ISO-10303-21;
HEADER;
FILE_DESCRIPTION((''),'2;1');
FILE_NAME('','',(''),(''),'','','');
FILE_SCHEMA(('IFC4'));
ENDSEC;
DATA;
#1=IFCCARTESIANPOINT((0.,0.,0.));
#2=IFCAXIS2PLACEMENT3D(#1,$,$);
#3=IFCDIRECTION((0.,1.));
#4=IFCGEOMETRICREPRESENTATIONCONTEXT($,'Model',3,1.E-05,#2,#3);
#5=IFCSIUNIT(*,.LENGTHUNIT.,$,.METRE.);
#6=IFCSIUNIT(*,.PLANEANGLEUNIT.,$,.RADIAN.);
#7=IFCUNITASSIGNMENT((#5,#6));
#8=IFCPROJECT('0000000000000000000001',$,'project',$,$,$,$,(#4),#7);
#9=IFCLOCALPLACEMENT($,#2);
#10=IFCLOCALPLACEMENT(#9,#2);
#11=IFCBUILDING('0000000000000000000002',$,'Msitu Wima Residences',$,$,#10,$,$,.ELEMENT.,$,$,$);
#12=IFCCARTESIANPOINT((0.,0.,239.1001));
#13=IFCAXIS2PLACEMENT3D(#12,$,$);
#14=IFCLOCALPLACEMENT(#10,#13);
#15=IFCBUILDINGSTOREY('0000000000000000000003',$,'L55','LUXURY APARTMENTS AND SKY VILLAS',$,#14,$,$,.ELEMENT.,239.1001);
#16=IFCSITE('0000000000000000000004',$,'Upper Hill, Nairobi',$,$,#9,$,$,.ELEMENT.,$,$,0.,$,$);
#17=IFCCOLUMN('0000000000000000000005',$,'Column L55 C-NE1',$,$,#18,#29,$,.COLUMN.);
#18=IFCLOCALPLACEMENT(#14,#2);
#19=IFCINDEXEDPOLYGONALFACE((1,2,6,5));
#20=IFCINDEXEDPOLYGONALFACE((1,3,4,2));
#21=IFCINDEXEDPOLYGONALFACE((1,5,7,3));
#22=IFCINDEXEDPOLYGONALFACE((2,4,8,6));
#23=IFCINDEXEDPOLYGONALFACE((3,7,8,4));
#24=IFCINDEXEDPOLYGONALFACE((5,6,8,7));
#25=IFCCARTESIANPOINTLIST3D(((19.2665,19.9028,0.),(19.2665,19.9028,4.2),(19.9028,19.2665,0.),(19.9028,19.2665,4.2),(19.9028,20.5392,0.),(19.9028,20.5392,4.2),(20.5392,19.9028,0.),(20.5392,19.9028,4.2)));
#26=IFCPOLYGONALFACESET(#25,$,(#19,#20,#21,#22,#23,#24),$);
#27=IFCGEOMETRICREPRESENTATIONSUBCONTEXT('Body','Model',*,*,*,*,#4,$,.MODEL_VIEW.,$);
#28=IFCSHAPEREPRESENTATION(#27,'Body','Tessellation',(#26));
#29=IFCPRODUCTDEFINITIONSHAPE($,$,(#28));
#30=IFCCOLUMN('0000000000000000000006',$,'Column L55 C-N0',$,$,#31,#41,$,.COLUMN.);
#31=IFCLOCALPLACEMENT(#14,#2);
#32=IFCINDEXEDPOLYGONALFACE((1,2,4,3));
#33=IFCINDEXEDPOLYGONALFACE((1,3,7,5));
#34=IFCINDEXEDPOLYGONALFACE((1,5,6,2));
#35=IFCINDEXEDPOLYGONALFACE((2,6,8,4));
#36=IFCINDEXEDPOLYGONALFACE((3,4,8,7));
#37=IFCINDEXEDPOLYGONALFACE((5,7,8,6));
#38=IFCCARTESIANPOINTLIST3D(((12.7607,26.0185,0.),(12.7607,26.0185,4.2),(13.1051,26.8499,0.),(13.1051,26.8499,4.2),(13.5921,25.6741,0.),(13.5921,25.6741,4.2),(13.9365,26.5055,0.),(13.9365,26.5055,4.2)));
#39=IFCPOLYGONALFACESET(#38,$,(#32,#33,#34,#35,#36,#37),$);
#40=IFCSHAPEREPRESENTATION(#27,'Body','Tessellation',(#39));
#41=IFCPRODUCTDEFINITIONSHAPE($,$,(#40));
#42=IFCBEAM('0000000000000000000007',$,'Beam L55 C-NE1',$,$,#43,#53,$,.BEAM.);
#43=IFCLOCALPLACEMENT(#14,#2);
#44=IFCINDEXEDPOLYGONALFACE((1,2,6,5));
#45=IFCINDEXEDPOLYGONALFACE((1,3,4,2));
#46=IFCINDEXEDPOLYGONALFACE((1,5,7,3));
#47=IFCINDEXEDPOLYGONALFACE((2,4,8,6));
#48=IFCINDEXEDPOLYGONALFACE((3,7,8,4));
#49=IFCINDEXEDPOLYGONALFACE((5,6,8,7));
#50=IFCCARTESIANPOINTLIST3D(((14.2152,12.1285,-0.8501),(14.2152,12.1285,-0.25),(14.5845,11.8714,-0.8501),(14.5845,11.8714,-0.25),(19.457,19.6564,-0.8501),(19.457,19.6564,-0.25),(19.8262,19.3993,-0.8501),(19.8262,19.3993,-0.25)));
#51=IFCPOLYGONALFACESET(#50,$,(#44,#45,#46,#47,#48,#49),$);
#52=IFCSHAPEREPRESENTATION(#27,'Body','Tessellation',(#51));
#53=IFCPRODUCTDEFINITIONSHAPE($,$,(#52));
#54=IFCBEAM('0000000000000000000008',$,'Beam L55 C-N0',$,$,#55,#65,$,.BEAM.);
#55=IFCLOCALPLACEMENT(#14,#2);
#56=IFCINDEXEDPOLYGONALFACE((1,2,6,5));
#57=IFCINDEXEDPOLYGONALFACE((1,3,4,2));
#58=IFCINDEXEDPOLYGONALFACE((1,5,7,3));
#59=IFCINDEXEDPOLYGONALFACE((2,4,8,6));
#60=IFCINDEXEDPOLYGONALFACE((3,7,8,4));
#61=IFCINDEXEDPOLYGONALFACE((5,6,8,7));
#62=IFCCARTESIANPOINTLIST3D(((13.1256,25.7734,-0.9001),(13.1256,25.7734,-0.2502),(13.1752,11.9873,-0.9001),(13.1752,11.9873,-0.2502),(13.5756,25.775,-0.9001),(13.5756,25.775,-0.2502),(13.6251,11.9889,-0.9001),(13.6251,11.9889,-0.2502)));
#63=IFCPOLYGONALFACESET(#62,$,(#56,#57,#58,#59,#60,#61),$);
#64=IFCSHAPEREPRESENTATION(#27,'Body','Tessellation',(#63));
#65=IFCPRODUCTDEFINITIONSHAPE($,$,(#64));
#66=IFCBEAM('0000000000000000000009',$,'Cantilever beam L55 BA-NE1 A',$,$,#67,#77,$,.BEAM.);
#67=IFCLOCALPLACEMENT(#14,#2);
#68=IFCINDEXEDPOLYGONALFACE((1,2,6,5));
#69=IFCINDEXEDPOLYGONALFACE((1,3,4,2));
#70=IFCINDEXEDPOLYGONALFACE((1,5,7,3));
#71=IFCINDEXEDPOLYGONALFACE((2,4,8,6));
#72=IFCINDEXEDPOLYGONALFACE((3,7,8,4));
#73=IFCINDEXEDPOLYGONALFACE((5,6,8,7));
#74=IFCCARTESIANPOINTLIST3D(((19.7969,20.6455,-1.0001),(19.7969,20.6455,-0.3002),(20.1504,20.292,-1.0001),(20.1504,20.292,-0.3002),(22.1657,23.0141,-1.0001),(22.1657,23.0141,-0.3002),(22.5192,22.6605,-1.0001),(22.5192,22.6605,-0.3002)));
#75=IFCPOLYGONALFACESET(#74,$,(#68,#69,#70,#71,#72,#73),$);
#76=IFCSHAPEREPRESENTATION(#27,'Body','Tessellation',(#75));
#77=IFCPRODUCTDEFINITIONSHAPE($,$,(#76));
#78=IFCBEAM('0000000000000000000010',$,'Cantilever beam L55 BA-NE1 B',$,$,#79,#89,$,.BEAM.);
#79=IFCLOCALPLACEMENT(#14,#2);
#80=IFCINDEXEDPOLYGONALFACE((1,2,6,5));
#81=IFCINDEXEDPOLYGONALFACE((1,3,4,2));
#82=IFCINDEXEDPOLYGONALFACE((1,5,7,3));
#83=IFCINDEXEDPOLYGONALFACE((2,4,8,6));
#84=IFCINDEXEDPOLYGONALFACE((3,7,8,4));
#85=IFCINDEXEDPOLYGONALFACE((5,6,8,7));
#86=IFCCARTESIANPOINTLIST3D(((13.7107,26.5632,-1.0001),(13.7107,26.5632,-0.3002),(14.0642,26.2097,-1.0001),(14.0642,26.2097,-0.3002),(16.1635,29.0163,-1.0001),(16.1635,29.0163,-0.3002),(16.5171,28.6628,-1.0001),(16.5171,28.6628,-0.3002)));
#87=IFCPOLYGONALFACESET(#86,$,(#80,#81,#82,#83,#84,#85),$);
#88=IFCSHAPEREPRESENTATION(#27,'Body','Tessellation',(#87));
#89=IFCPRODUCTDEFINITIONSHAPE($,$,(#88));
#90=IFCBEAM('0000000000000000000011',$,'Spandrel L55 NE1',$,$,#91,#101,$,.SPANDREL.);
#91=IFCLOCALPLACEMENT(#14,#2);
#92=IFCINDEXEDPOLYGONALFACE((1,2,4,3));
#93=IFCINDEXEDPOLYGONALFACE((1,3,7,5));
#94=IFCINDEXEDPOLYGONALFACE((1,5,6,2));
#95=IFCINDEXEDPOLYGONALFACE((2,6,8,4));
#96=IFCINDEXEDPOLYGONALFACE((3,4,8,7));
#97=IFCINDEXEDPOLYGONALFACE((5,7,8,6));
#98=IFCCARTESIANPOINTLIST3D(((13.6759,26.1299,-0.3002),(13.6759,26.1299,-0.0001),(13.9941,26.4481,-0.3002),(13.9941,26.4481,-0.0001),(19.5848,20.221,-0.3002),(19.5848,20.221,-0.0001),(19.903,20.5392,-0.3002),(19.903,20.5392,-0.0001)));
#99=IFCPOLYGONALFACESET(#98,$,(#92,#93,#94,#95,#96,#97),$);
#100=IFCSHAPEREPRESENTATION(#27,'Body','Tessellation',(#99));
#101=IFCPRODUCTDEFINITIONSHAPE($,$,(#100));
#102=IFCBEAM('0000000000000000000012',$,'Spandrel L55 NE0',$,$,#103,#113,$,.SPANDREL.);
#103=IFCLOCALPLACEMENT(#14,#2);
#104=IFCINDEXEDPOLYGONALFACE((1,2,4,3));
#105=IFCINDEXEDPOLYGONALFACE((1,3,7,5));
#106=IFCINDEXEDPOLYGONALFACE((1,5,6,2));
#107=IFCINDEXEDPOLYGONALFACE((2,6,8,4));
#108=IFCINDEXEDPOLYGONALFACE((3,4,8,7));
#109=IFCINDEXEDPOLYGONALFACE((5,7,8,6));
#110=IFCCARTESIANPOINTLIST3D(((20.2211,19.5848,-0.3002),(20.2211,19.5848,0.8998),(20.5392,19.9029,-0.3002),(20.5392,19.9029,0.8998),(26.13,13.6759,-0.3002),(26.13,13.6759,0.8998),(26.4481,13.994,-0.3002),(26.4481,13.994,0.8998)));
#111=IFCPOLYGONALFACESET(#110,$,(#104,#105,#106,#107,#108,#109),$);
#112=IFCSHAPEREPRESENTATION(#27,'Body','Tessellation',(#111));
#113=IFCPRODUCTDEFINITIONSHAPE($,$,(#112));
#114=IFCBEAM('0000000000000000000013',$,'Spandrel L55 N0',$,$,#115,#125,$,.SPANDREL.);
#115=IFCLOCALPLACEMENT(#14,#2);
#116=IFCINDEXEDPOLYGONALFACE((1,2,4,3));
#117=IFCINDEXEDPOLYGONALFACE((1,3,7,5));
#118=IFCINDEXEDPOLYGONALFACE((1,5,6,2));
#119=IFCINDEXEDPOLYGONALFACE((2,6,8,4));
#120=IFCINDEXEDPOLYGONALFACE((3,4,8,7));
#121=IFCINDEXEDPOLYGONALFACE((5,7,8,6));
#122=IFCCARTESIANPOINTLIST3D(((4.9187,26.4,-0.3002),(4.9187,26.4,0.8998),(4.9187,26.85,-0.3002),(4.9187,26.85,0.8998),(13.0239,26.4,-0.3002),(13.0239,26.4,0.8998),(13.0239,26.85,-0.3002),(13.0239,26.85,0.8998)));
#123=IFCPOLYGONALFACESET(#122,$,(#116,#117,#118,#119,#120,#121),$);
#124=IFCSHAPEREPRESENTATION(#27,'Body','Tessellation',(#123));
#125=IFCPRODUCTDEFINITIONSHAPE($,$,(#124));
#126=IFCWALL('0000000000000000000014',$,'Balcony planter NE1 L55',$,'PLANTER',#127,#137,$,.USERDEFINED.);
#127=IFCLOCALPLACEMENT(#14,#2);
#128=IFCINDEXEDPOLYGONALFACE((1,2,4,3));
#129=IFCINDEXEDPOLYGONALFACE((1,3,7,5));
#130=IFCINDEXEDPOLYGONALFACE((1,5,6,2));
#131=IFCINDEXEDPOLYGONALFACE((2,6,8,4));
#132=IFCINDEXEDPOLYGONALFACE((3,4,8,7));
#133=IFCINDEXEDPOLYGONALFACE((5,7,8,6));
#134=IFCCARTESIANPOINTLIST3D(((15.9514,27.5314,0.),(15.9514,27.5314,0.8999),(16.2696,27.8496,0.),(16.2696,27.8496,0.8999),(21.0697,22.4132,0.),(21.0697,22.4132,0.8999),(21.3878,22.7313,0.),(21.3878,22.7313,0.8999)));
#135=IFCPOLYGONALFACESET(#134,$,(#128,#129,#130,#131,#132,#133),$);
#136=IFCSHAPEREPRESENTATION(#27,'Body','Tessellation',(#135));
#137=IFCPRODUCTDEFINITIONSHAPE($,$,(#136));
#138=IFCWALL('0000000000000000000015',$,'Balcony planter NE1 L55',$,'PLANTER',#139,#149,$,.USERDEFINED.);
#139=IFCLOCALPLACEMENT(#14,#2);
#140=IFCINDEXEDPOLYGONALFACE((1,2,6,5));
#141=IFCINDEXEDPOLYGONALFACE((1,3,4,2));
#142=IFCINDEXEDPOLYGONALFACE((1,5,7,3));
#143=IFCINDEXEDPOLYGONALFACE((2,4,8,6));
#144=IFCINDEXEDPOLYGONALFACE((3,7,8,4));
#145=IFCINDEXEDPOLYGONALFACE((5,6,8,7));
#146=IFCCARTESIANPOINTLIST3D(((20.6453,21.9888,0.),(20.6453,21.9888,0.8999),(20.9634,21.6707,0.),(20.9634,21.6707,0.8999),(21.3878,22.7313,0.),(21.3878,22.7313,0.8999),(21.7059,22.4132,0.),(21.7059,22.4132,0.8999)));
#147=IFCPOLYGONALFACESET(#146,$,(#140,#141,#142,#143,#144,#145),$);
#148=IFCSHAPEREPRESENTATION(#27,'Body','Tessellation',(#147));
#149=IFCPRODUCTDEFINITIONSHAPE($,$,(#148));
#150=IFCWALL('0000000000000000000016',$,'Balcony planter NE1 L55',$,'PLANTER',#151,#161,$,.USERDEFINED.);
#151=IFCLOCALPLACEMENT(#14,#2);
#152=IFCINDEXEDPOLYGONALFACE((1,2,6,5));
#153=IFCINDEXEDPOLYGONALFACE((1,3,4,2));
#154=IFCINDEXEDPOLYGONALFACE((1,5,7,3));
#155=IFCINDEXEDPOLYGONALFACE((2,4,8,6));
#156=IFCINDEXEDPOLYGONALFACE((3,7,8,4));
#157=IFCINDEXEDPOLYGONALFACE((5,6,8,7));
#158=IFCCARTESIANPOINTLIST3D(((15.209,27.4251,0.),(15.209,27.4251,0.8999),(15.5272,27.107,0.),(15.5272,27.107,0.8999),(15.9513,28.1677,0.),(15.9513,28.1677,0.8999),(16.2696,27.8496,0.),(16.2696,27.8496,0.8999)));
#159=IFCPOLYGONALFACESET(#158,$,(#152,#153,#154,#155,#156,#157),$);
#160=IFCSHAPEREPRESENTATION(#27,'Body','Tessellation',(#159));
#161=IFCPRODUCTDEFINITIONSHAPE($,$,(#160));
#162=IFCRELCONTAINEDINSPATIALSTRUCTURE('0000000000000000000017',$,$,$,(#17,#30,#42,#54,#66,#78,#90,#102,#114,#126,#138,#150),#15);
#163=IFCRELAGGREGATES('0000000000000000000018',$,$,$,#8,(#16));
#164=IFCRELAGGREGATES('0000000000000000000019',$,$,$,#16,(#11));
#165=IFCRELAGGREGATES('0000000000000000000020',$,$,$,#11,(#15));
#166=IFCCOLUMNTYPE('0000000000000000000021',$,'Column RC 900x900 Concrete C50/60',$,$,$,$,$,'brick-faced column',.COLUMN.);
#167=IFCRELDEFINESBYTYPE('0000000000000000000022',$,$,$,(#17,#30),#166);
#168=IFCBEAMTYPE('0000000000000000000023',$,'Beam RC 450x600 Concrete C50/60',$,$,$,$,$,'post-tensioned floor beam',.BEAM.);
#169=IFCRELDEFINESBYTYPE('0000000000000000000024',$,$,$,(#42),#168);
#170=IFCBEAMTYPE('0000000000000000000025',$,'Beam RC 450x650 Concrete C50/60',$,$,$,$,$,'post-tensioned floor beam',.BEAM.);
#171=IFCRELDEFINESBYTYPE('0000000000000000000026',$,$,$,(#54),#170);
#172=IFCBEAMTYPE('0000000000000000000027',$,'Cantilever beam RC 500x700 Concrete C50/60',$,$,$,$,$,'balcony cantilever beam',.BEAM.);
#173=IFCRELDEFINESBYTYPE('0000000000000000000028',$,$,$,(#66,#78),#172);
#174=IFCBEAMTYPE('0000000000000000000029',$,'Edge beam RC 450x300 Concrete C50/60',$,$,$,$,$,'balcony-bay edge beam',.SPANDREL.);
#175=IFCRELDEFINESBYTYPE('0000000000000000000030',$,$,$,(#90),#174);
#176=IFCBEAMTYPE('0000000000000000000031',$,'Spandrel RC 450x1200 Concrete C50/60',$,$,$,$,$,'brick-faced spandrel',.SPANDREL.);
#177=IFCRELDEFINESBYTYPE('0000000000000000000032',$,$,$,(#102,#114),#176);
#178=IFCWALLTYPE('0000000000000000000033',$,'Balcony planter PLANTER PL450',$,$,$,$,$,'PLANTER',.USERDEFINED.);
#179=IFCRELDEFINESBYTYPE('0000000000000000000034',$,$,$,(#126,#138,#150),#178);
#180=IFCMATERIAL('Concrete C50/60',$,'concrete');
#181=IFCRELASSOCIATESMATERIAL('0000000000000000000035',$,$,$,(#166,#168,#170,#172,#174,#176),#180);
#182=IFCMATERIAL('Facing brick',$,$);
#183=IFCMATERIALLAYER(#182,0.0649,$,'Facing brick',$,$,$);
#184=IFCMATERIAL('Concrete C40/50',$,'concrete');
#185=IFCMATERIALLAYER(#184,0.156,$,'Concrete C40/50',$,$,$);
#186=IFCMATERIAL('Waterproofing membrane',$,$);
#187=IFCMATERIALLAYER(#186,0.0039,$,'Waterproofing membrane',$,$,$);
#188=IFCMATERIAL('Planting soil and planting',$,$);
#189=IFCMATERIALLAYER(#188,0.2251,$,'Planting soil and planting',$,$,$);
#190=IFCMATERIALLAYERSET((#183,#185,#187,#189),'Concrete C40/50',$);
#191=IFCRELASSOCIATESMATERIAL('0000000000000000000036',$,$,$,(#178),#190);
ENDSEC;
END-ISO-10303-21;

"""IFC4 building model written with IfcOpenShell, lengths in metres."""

from ifc_helpers import new_model, si_unit, direction, frame, frame_2d, origin, origin_2d, place, context, subcontext, project, spatial, rectangle, extrude, material, layer, layer_set, material_profile, profile_set, type_object, element, save


model = new_model("IFC4")

# Units and contexts
model_context = context("Model", 3, precision=1e-05, world=origin(), true_north=direction((0.0, 1.0)))
body_context = subcontext(model_context, "Body", "Model", "MODEL_VIEW")
ifc_project = project(units=[si_unit("LENGTHUNIT", "METRE"), si_unit("PLANEANGLEUNIT", "RADIAN")], contexts=[model_context])

# Site, building, storey
site_placement = place(None, origin())
site = spatial("IfcSite", under=ifc_project, at=site_placement, Name="Upper Hill, Nairobi", CompositionType="ELEMENT", RefElevation=0.0)
building_placement = place(site_placement, origin())
building = spatial("IfcBuilding", under=site, at=building_placement, Name="Msitu Wima Residences", CompositionType="ELEMENT")
storey_placement = place(building_placement, frame((0.0, 0.0, 239.1001)))
storey = spatial("IfcBuildingStorey", under=building, at=storey_placement, Name="L55", Description="LUXURY APARTMENTS AND SKY VILLAS", CompositionType="ELEMENT", Elevation=239.1001)

# Columns
ifc_material_1 = material(Name="Concrete C50/60", Category="concrete")
ifc_material_profile_1 = material_profile(ifc_material_1, rectangle(XDim=0.8999, YDim=0.8999, at=origin_2d()), Name="RC 900x900")
ifc_profile_set_1 = profile_set([ifc_material_profile_1], Name="Concrete C50/60")
column_type = type_object("IfcColumnType", Name="Column RC 900x900 Concrete C50/60", ElementType="brick-faced column", PredefinedType="COLUMN", material=ifc_profile_set_1)
for number, where, z_axis, x_axis, name in (
    (1, (19.9028, 19.9028, 0.0), (0.0, 0.0, 1.0), (-0.707107, 0.707107, 0.0), "Column L55 C-NE1"),
    (2, (13.3486, 26.262, 0.0), (0.0, 0.0, 1.0), (-0.92388, 0.382683, 0.0), "Column L55 C-N0"),
):
    element("IfcColumn", number, at=place(storey_placement, frame(where, z_axis=z_axis, x_axis=x_axis)), inside=storey, type_object=column_type, Name=name, PredefinedType="COLUMN", context=body_context, shape_type="SweptSolid", body=[
        extrude(rectangle(XDim=0.8999, YDim=0.8999, at=origin_2d()), origin(), (0.0, 0.0, 1.0), 4.2),
    ])

# Beams
ifc_material_profile_2 = material_profile(ifc_material_1, rectangle(XDim=0.45, YDim=0.6001, at=origin_2d()), Name="RC 450x600")
ifc_profile_set_2 = profile_set([ifc_material_profile_2], Name="Concrete C50/60")
beam_type_1 = type_object("IfcBeamType", Name="Beam RC 450x600 Concrete C50/60", ElementType="post-tensioned floor beam", PredefinedType="BEAM", material=ifc_profile_set_2)
beam_1_placement = place(storey_placement, frame((19.6416, 19.5278, -0.55), z_axis=(-0.571428, -0.820652, 0.0), x_axis=(0.820652, -0.571428, 0.0)))
element("IfcBeam", 3, at=beam_1_placement, inside=storey, type_object=beam_type_1, Name="Beam L55 C-NE1", PredefinedType="BEAM", context=body_context, shape_type="SweptSolid", body=[
    extrude(rectangle(XDim=0.45, YDim=0.6001, at=origin_2d()), origin(), (0.0, 0.0, 1.0), 9.1731),
])
ifc_material_profile_3 = material_profile(ifc_material_1, rectangle(XDim=0.45, YDim=0.6499, at=origin_2d()), Name="RC 450x650")
ifc_profile_set_3 = profile_set([ifc_material_profile_3], Name="Concrete C50/60")
beam_type_2 = type_object("IfcBeamType", Name="Beam RC 450x650 Concrete C50/60", ElementType="post-tensioned floor beam", PredefinedType="BEAM", material=ifc_profile_set_3)
beam_2_placement = place(storey_placement, frame((13.3506, 25.7742, -0.5752), z_axis=(0.003595, -0.999994, 0.0), x_axis=(0.999994, 0.003595, 0.0)))
element("IfcBeam", 4, at=beam_2_placement, inside=storey, type_object=beam_type_2, Name="Beam L55 C-N0", PredefinedType="BEAM", context=body_context, shape_type="SweptSolid", body=[
    extrude(rectangle(XDim=0.45, YDim=0.6499, at=origin_2d()), origin(), (0.0, 0.0, 1.0), 13.7861),
])
ifc_material_profile_4 = material_profile(ifc_material_1, rectangle(XDim=0.5, YDim=0.7, at=origin_2d()), Name="RC 500x700")
ifc_profile_set_4 = profile_set([ifc_material_profile_4], Name="Concrete C50/60")
beam_type_3 = type_object("IfcBeamType", Name="Cantilever beam RC 500x700 Concrete C50/60", ElementType="balcony cantilever beam", PredefinedType="BEAM", material=ifc_profile_set_4)
beam_3_placement = place(storey_placement, frame((19.9736, 20.4688, -0.6501), z_axis=(0.707143, 0.70707, 0.0), x_axis=(-0.70707, 0.707143, 0.0)))
element("IfcBeam", 5, at=beam_3_placement, inside=storey, type_object=beam_type_3, Name="Cantilever beam L55 BA-NE1 A", PredefinedType="BEAM", context=body_context, shape_type="SweptSolid", body=[
    extrude(rectangle(XDim=0.5, YDim=0.7, at=origin_2d()), origin(), (0.0, 0.0, 1.0), 3.3499),
])
beam_4_placement = place(storey_placement, frame((13.8875, 26.3865, -0.6501), z_axis=(0.707072, 0.707142, 0.0), x_axis=(-0.707142, 0.707072, 0.0)))
element("IfcBeam", 6, at=beam_4_placement, inside=storey, type_object=beam_type_3, Name="Cantilever beam L55 BA-NE1 B", PredefinedType="BEAM", context=body_context, shape_type="SweptSolid", body=[
    extrude(rectangle(XDim=0.5, YDim=0.7, at=origin_2d()), origin(), (0.0, 0.0, 1.0), 3.469),
])
ifc_material_profile_5 = material_profile(ifc_material_1, rectangle(XDim=0.45, YDim=0.3, at=origin_2d()), Name="RC 450x300")
ifc_profile_set_5 = profile_set([ifc_material_profile_5], Name="Concrete C50/60")
beam_type_4 = type_object("IfcBeamType", Name="Edge beam RC 450x300 Concrete C50/60", ElementType="balcony-bay edge beam", PredefinedType="SPANDREL", material=ifc_profile_set_5)
beam_5_placement = place(storey_placement, frame((19.7439, 20.3801, -0.1501), z_axis=(-0.707107, 0.707107, 0.0), x_axis=(-0.707107, -0.707107, 0.0)))
element("IfcBeam", 7, at=beam_5_placement, inside=storey, type_object=beam_type_4, Name="Spandrel L55 NE1", PredefinedType="SPANDREL", context=body_context, shape_type="SweptSolid", body=[
    extrude(rectangle(XDim=0.45, YDim=0.3, at=origin_2d()), origin(), (0.0, 0.0, 1.0), 8.3564),
])
ifc_material_profile_6 = material_profile(ifc_material_1, rectangle(XDim=0.45, YDim=1.2, at=origin_2d()), Name="RC 450x1200")
ifc_profile_set_6 = profile_set([ifc_material_profile_6], Name="Concrete C50/60")
beam_type_5 = type_object("IfcBeamType", Name="Spandrel RC 450x1200 Concrete C50/60", ElementType="brick-faced spandrel", PredefinedType="SPANDREL", material=ifc_profile_set_6)
beam_6_placement = place(storey_placement, frame((26.2891, 13.835, 0.2998), z_axis=(-0.707107, 0.707107, 0.0), x_axis=(-0.707107, -0.707107, 0.0)))
element("IfcBeam", 8, at=beam_6_placement, inside=storey, type_object=beam_type_5, Name="Spandrel L55 NE0", PredefinedType="SPANDREL", context=body_context, shape_type="SweptSolid", body=[
    extrude(rectangle(XDim=0.45, YDim=1.2, at=origin_2d()), origin(), (0.0, 0.0, 1.0), 8.3564),
])
beam_7_placement = place(storey_placement, frame((13.0239, 26.625, 0.2998), z_axis=(-1.0, 0.0, 0.0), x_axis=(0.0, -1.0, 0.0)))
element("IfcBeam", 9, at=beam_7_placement, inside=storey, type_object=beam_type_5, Name="Spandrel L55 N0", PredefinedType="SPANDREL", context=body_context, shape_type="SweptSolid", body=[
    extrude(rectangle(XDim=0.45, YDim=1.2, at=origin_2d()), origin(), (0.0, 0.0, 1.0), 8.1052),
])

# Walls
ifc_material_2 = material(Name="Facing brick")
ifc_layer_1 = layer(ifc_material_2, 0.0649, Name="Facing brick")
ifc_material_3 = material(Name="Concrete C40/50", Category="concrete")
ifc_layer_2 = layer(ifc_material_3, 0.156, Name="Concrete C40/50")
ifc_material_4 = material(Name="Waterproofing membrane")
ifc_layer_3 = layer(ifc_material_4, 0.0039, Name="Waterproofing membrane")
ifc_material_5 = material(Name="Planting soil and planting")
ifc_layer_4 = layer(ifc_material_5, 0.2251, Name="Planting soil and planting")
ifc_layer_set_1 = layer_set([ifc_layer_1, ifc_layer_2, ifc_layer_3, ifc_layer_4], Name="Concrete C40/50")
wall_type_1 = type_object("IfcWallType", Name="Balcony planter PLANTER PL450", ElementType="PLANTER", PredefinedType="USERDEFINED", material=ifc_layer_set_1)
wall_1_placement = place(storey_placement, frame((21.2288, 22.5723, 0.0), z_axis=(0.0, 0.0, 1.0), x_axis=(-0.707107, 0.707107, 0.0)))
element("IfcWall", 10, at=wall_1_placement, inside=storey, type_object=wall_type_1, Name="Balcony planter NE1 L55", ObjectType="PLANTER", PredefinedType="USERDEFINED", context=body_context, shape_type="SweptSolid", body=[
    extrude(rectangle(XDim=7.2383, YDim=0.45, at=frame_2d((3.6191, 0.0))), origin(), (0.0, 0.0, 1.0), 0.8999),
])
for number, where, z_axis, x_axis, name in (
    (11, (20.8044, 21.8298, 0.0), (0.0, 0.0, 1.0), (0.707107, 0.707107, 0.0), "Balcony planter NE1 L55"),
    (12, (15.3682, 27.2661, 0.0), (0.0, 0.0, 1.0), (0.706991, 0.707223, 0.0), "Balcony planter NE1 L55"),
):
    element("IfcWall", number, at=place(storey_placement, frame(where, z_axis=z_axis, x_axis=x_axis)), inside=storey, type_object=wall_type_1, Name=name, ObjectType="PLANTER", PredefinedType="USERDEFINED", context=body_context, shape_type="SweptSolid", body=[
        extrude(rectangle(XDim=1.05, YDim=0.45, at=frame_2d((0.5249, 0.0))), origin(), (0.0, 0.0, 1.0), 0.8999),
    ])

save(model, "model.ifc")
